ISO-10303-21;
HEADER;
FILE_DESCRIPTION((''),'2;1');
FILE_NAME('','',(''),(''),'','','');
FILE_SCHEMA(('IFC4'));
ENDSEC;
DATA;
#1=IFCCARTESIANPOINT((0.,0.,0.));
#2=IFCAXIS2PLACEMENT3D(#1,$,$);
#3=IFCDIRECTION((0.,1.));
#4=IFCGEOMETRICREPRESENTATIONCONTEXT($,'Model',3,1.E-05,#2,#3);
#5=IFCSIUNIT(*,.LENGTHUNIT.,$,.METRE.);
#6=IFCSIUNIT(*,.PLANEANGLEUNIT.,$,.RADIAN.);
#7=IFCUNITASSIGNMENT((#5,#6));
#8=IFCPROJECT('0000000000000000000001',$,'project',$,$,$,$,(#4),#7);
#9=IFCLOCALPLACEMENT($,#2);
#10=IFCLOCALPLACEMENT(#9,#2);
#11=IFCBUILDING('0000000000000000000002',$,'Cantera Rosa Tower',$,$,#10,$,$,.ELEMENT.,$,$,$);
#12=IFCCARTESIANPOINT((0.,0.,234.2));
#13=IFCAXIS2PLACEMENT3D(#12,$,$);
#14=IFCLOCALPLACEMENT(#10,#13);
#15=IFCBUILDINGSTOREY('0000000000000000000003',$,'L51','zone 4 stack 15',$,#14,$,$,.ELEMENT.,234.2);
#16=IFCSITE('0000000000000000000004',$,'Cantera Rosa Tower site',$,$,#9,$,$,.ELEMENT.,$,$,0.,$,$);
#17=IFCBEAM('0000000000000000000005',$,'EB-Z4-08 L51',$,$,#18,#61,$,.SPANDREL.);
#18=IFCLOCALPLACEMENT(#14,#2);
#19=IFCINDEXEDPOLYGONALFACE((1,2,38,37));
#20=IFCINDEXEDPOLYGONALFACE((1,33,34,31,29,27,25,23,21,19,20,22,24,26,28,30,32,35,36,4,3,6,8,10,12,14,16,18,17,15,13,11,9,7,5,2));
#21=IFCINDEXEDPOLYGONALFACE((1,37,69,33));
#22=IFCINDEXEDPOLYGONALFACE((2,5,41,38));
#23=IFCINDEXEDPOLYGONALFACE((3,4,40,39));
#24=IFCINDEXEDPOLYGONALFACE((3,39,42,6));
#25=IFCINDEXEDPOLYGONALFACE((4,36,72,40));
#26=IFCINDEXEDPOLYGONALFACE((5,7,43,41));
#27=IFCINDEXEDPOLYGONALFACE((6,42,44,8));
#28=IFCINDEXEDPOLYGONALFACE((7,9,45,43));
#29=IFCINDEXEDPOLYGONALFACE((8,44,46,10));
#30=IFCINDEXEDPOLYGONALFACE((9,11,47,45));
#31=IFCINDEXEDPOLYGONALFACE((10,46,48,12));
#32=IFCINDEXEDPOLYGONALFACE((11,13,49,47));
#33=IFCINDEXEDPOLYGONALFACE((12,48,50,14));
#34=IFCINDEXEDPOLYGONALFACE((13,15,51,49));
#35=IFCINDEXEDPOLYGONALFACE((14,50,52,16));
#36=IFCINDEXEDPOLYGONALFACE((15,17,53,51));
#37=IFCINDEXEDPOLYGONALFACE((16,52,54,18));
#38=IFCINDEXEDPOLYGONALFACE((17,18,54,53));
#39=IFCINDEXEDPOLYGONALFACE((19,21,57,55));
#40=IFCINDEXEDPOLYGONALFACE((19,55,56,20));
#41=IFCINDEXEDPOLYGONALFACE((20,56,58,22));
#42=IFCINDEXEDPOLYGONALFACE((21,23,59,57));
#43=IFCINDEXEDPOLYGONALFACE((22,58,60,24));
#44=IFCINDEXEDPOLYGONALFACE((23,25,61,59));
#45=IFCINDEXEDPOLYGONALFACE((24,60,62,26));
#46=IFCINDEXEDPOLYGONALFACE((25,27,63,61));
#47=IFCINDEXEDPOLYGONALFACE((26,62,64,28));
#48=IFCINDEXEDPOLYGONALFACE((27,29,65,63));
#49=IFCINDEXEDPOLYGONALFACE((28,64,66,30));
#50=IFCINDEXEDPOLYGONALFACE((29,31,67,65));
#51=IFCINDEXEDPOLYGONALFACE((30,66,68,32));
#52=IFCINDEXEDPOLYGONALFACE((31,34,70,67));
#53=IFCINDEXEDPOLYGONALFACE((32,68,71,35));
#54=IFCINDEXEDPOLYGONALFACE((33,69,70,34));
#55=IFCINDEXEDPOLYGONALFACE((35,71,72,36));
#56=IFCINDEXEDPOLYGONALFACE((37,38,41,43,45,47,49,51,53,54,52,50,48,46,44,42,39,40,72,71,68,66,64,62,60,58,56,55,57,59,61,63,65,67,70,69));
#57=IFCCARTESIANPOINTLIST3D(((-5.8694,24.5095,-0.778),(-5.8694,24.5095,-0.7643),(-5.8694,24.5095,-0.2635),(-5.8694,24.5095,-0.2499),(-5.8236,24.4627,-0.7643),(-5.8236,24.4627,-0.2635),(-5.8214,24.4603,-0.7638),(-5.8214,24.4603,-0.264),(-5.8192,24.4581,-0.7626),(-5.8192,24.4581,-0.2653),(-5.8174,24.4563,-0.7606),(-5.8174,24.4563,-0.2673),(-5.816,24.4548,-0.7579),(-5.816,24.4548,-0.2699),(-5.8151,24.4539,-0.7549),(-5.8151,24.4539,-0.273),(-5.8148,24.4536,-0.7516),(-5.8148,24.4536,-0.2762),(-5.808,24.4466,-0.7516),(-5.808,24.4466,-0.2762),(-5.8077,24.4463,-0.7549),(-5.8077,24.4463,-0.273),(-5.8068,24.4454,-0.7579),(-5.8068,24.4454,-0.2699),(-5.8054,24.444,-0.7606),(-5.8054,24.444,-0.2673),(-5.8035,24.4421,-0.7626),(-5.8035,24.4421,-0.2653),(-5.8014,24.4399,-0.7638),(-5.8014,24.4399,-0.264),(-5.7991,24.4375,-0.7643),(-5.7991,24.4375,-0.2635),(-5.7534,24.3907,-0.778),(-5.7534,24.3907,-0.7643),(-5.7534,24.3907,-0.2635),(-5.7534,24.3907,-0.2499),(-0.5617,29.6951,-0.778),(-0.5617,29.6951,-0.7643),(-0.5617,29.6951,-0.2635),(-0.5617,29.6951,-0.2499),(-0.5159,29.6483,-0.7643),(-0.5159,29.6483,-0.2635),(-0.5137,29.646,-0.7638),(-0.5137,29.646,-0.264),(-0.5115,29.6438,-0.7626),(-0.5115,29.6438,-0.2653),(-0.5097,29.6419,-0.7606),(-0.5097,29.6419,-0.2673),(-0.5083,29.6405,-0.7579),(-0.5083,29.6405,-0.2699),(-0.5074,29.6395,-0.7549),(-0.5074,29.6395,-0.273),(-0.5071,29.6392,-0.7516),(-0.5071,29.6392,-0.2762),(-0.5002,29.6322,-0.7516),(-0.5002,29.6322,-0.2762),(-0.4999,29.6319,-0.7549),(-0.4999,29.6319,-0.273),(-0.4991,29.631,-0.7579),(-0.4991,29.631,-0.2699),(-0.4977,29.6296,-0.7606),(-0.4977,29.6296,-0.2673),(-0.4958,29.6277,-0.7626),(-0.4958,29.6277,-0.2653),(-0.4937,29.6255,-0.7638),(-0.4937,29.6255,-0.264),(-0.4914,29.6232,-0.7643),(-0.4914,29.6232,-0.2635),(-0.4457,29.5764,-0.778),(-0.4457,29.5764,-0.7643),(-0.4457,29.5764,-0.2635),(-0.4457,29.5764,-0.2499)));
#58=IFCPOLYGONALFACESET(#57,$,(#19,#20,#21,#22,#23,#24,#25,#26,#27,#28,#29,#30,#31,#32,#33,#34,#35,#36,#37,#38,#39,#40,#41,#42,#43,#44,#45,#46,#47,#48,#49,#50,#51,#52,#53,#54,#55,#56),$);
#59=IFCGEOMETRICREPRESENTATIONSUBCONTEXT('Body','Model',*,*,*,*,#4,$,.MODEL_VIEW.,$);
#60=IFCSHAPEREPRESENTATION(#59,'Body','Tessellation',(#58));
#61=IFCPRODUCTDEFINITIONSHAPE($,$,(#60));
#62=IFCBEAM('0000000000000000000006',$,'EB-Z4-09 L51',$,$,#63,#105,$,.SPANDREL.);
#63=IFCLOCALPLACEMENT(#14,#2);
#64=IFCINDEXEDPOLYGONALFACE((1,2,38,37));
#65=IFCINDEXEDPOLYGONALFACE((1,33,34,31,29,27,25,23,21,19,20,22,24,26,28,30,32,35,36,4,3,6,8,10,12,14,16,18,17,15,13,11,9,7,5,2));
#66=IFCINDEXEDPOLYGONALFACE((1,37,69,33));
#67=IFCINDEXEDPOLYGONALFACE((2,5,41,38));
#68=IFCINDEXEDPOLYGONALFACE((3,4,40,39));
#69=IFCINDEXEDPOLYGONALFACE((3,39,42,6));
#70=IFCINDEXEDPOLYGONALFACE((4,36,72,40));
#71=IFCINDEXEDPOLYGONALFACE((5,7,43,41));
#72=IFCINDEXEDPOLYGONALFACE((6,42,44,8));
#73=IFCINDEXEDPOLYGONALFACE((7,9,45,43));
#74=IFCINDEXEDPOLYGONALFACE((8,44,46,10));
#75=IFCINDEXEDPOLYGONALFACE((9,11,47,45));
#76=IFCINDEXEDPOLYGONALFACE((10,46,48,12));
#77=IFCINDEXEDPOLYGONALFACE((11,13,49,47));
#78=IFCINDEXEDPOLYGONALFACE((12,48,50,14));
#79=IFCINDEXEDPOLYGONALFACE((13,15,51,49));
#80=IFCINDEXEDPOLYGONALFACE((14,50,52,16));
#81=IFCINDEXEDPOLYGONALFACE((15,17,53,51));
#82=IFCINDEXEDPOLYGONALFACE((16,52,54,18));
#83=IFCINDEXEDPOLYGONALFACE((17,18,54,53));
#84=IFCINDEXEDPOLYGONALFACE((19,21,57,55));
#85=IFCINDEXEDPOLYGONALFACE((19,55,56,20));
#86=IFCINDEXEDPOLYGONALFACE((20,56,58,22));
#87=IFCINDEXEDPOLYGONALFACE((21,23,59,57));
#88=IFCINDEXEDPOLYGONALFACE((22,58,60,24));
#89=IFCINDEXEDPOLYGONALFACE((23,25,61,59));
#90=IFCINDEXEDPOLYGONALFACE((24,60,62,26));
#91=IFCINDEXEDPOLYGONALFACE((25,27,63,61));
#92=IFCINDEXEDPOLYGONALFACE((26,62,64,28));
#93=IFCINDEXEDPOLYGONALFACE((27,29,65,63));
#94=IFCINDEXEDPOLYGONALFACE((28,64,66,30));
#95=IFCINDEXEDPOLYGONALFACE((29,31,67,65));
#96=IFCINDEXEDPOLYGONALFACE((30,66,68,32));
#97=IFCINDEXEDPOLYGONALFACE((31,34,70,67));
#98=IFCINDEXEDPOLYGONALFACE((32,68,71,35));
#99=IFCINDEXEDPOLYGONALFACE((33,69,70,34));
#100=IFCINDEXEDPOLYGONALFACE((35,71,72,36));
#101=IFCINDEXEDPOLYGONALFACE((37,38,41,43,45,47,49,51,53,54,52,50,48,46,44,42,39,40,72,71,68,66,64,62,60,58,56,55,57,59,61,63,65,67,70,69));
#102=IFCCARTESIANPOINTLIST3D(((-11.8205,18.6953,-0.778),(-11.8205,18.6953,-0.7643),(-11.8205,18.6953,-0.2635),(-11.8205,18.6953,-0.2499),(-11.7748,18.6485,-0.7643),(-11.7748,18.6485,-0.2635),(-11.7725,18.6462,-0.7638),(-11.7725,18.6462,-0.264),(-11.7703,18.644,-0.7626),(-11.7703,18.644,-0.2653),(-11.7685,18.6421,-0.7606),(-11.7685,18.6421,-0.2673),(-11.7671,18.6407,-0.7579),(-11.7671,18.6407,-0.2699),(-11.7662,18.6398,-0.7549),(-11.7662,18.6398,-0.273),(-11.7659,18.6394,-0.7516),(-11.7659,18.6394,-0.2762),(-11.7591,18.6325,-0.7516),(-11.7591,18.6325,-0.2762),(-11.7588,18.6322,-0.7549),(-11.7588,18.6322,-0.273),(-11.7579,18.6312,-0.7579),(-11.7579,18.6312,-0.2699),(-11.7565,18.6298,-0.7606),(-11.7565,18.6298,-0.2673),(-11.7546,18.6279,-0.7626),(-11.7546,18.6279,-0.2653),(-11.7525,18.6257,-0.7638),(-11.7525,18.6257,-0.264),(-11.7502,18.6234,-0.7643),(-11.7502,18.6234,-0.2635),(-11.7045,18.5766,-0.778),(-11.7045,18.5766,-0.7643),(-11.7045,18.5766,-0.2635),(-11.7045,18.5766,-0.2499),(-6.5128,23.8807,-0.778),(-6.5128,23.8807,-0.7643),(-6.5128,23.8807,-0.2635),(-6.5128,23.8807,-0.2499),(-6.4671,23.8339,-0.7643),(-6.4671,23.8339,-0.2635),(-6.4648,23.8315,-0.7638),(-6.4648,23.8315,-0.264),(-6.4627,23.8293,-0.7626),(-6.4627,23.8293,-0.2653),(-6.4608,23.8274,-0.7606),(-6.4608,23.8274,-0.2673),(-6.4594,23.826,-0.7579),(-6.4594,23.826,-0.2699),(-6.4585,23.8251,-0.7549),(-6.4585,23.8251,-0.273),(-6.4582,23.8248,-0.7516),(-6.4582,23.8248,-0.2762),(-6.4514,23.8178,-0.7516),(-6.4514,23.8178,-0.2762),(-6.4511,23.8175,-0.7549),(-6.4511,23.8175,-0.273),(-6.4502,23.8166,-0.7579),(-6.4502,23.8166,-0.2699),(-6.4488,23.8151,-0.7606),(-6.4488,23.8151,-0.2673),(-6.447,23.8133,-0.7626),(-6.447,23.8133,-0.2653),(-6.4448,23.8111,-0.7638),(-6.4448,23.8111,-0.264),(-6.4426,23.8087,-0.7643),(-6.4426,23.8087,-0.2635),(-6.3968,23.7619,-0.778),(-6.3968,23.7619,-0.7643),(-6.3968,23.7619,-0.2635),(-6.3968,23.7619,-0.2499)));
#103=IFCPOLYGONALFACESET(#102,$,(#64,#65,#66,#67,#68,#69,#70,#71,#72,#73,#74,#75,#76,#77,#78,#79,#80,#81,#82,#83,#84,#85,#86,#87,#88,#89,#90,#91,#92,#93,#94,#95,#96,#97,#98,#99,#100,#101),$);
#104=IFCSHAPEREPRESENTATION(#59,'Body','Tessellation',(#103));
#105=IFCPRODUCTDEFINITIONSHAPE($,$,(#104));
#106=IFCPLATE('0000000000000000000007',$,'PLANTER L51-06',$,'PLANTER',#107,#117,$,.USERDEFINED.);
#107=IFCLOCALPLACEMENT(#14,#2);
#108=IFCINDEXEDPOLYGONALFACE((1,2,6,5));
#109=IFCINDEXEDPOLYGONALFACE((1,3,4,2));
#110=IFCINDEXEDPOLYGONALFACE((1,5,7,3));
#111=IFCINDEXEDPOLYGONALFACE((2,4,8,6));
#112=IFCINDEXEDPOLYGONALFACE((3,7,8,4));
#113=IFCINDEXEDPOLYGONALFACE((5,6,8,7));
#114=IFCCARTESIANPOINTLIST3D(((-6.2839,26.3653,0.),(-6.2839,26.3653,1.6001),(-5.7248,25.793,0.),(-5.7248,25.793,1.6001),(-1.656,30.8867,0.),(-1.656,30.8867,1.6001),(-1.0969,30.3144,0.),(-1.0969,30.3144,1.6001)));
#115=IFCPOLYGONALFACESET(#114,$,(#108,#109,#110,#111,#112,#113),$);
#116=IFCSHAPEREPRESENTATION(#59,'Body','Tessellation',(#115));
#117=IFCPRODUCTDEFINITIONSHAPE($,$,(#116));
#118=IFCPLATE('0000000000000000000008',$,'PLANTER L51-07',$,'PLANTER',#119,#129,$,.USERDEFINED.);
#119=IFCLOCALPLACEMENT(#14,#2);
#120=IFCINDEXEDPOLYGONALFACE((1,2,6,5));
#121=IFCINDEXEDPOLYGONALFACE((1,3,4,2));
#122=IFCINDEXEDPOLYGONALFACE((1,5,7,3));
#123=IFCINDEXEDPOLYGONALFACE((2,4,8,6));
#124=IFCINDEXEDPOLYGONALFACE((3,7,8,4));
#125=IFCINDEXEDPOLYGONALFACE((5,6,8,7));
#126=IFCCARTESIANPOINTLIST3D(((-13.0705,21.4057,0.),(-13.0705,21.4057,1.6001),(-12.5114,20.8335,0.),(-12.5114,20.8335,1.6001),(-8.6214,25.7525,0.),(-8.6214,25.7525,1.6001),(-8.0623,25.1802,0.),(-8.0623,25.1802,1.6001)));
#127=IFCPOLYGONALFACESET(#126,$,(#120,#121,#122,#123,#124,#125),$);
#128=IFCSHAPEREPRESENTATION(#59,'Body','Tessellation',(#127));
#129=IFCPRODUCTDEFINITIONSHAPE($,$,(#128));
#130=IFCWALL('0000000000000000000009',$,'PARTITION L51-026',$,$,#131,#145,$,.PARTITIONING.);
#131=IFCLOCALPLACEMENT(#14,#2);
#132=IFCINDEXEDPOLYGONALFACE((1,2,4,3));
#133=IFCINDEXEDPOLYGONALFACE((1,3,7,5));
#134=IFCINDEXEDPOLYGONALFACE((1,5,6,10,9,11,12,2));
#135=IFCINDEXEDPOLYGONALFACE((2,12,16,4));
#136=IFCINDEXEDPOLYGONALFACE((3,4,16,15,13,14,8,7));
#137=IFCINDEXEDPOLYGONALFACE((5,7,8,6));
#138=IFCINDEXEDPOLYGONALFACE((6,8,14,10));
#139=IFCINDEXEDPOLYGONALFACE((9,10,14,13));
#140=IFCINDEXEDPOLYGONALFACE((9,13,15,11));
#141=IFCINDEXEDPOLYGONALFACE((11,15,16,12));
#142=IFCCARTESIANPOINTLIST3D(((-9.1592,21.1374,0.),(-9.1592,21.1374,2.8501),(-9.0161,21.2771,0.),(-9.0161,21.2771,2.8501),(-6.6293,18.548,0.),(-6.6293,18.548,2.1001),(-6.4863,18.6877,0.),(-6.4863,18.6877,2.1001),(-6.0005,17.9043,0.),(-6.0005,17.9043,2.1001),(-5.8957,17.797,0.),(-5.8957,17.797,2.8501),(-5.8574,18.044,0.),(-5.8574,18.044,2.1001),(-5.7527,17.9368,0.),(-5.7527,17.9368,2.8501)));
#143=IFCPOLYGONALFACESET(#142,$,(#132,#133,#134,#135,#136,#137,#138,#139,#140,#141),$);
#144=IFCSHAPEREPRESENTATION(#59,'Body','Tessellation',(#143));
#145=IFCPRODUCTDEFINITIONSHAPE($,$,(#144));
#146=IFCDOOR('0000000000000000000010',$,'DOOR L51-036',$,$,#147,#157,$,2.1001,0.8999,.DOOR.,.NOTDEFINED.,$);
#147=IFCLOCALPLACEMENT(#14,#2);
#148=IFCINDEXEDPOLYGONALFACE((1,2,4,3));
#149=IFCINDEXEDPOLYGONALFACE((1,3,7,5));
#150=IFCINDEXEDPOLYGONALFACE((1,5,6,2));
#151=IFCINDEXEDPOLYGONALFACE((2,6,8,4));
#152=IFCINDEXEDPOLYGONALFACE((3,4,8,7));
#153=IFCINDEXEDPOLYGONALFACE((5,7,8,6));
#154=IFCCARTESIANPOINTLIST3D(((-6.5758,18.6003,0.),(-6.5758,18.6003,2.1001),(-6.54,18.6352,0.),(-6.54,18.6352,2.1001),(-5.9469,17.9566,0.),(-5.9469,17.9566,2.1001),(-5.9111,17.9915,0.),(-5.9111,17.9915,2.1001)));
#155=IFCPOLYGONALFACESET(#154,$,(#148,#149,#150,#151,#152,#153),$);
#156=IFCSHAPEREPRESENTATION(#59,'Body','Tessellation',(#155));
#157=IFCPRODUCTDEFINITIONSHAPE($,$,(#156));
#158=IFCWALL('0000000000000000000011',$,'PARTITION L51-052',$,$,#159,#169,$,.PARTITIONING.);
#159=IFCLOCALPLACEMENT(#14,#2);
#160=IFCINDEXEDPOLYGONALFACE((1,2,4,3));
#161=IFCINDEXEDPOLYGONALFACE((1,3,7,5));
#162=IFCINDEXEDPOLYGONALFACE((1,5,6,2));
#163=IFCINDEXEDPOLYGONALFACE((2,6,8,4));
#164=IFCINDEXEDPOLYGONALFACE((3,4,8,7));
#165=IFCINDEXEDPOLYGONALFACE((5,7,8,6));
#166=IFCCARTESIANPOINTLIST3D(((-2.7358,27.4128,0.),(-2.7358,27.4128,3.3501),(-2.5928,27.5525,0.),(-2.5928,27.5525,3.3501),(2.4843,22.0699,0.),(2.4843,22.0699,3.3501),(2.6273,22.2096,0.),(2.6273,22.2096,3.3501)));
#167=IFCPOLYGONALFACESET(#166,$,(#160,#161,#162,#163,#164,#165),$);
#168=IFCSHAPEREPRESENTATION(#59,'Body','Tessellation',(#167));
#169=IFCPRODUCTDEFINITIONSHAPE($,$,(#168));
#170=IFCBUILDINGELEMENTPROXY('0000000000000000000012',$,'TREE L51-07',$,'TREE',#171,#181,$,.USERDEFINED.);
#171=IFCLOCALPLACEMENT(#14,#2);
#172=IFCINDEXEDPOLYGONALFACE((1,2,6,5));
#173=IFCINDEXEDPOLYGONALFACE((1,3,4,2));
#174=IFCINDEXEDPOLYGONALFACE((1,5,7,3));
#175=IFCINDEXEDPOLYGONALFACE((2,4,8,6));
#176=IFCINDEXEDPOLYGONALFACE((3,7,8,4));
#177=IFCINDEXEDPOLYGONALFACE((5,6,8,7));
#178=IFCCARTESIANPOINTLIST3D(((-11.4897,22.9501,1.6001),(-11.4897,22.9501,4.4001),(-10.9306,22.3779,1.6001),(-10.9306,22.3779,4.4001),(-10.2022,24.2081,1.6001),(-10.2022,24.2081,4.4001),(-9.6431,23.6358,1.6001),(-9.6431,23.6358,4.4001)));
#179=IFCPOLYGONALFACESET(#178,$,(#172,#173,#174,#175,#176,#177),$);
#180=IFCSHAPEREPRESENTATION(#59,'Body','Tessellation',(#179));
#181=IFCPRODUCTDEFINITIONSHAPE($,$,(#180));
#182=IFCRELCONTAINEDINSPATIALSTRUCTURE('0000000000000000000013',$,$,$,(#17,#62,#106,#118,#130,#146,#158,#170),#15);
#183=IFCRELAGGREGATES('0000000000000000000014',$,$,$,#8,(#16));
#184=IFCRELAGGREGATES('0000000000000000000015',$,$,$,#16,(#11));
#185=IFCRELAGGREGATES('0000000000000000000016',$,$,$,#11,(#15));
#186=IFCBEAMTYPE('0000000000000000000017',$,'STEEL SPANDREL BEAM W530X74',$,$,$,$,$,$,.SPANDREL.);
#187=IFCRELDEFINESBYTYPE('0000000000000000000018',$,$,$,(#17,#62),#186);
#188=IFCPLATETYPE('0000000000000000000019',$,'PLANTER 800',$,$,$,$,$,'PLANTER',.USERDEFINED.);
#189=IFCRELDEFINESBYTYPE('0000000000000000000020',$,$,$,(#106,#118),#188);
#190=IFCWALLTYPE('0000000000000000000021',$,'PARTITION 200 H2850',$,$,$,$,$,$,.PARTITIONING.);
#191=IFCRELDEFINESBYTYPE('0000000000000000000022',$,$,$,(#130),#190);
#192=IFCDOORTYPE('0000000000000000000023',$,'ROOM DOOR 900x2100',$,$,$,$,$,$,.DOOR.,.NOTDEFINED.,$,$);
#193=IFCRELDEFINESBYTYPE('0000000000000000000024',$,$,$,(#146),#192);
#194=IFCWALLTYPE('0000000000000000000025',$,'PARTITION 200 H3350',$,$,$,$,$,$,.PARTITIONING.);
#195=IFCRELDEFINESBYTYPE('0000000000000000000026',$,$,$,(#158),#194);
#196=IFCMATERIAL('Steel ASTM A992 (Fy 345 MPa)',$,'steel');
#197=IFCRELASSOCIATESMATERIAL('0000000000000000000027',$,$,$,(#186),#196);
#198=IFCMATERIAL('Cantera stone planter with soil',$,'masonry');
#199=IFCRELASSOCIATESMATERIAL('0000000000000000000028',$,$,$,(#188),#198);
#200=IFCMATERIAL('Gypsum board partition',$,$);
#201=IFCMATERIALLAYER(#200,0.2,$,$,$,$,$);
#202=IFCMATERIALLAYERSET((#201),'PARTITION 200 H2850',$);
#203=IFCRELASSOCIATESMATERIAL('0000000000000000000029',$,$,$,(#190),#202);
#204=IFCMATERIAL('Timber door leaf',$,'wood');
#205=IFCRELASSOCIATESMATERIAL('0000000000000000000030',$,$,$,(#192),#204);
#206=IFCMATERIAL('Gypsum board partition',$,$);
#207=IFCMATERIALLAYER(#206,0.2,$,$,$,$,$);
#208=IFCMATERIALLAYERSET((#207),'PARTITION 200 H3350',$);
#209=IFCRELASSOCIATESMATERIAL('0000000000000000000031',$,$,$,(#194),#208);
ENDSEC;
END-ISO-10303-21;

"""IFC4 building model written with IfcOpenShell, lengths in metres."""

from ifc_helpers import new_model, si_unit, direction, frame, frame_2d, origin, origin_2d, place, context, subcontext, project, spatial, rectangle, i_section, extrude, material, layer, layer_set, material_profile, profile_set, type_object, element, fill, save


model = new_model("IFC4")

# Units and contexts
model_context = context("Model", 3, precision=1e-05, world=origin(), true_north=direction((0.0, 1.0)))
body_context = subcontext(model_context, "Body", "Model", "MODEL_VIEW")
ifc_project = project(units=[si_unit("LENGTHUNIT", "METRE"), si_unit("PLANEANGLEUNIT", "RADIAN")], contexts=[model_context])

# Site, building, storey
site_placement = place(None, origin())
site = spatial("IfcSite", under=ifc_project, at=site_placement, Name="Cantera Rosa Tower site", CompositionType="ELEMENT", RefElevation=0.0)
building_placement = place(site_placement, origin())
building = spatial("IfcBuilding", under=site, at=building_placement, Name="Cantera Rosa Tower", CompositionType="ELEMENT")
storey_placement = place(building_placement, frame((0.0, 0.0, 234.2)))
storey = spatial("IfcBuildingStorey", under=building, at=storey_placement, Name="L51", Description="zone 4 stack 15", CompositionType="ELEMENT", Elevation=234.2)

# Beams
ifc_material_1 = material(Name="Steel ASTM A992 (Fy 345 MPa)", Category="steel")
ifc_material_profile_1 = material_profile(ifc_material_1, i_section(OverallWidth=0.166, OverallDepth=0.5281, WebThickness=0.0098, FlangeThickness=0.0137, FilletRadius=0.0127, at=origin_2d()), Name="W530X74")
ifc_profile_set_1 = profile_set([ifc_material_profile_1], Name="Steel ASTM A992 (Fy 345 MPa)")
beam_type_1 = type_object("IfcBeamType", Name="STEEL SPANDREL BEAM W530X74", PredefinedType="SPANDREL", material=ifc_profile_set_1)
beam_1_placement = place(storey_placement, frame((-0.5037, 29.6357, -0.5139), z_axis=(-0.715284, -0.698833, 0.0), x_axis=(0.698833, -0.715284, 0.0)))
element("IfcBeam", 1, at=beam_1_placement, inside=storey, type_object=beam_type_1, Name="EB-Z4-08 L51", PredefinedType="SPANDREL", context=body_context, shape_type="SweptSolid", body=[
    extrude(i_section(OverallWidth=0.166, OverallDepth=0.5281, WebThickness=0.0098, FlangeThickness=0.0137, FilletRadius=0.0127, at=origin_2d()), origin(), (0.0, 0.0, 1.0), 7.4204),
])
beam_2_placement = place(storey_placement, frame((-6.4548, 23.8213, -0.5139), z_axis=(-0.715301, -0.698817, 0.0), x_axis=(0.698817, -0.715301, 0.0)))
element("IfcBeam", 2, at=beam_2_placement, inside=storey, type_object=beam_type_1, Name="EB-Z4-09 L51", PredefinedType="SPANDREL", context=body_context, shape_type="SweptSolid", body=[
    extrude(i_section(OverallWidth=0.166, OverallDepth=0.5281, WebThickness=0.0098, FlangeThickness=0.0137, FilletRadius=0.0127, at=origin_2d()), origin(), (0.0, 0.0, 1.0), 7.4202),
])

# Plates
ifc_material_2 = material(Name="Cantera stone planter with soil", Category="masonry")
plate_type = type_object("IfcPlateType", Name="PLANTER 800", ElementType="PLANTER", PredefinedType="USERDEFINED", material=ifc_material_2)
plate_1_placement = place(storey_placement, frame((-3.6904, 28.3398, 0.0), z_axis=(0.0, 0.0, 1.0), x_axis=(-0.715286, -0.698832, 0.0)))
element("IfcPlate", 3, at=plate_1_placement, inside=storey, type_object=plate_type, Name="PLANTER L51-06", ObjectType="PLANTER", PredefinedType="USERDEFINED", context=body_context, shape_type="SweptSolid", body=[
    extrude(rectangle(XDim=6.47, YDim=0.8, at=origin_2d()), origin(), (0.0, 0.0, 1.0), 1.6001),
])
plate_2_placement = place(storey_placement, frame((-10.5664, 23.293, 0.0), z_axis=(0.0, 0.0, 1.0), x_axis=(-0.715286, -0.698832, 0.0)))
element("IfcPlate", 4, at=plate_2_placement, inside=storey, type_object=plate_type, Name="PLANTER L51-07", ObjectType="PLANTER", PredefinedType="USERDEFINED", context=body_context, shape_type="SweptSolid", body=[
    extrude(rectangle(XDim=6.22, YDim=0.8, at=origin_2d()), origin(), (0.0, 0.0, 1.0), 1.6001),
])

# Wall, opening, door
ifc_material_3 = material(Name="Gypsum board partition")
ifc_layer_1 = layer(ifc_material_3, 0.2)
ifc_layer_set_1 = layer_set([ifc_layer_1], Name="PARTITION 200 H2850")
wall_type_1 = type_object("IfcWallType", Name="PARTITION 200 H2850", PredefinedType="PARTITIONING", material=ifc_layer_set_1)
wall_1_placement = place(storey_placement, frame((-9.0876, 21.2073, 0.0), z_axis=(0.0, 0.0, 1.0), x_axis=(0.698825, -0.715293, 0.0)))
wall_1 = element("IfcWall", 5, at=wall_1_placement, inside=storey, type_object=wall_type_1, Name="PARTITION L51-026", PredefinedType="PARTITIONING", context=body_context, shape_type="SweptSolid", body=[
    extrude(rectangle(XDim=4.6699, YDim=0.2, at=frame_2d((2.335, 0.0))), origin(), (0.0, 0.0, 1.0), 2.8501),
])
opening_1_placement = place(wall_1_placement, frame((3.6201, 0.0, 0.0)))
opening_1 = element("IfcOpeningElement", 6, at=opening_1_placement, cuts=wall_1, PredefinedType="OPENING", context=body_context, shape_type="SweptSolid", body=[
    extrude(rectangle(XDim=0.8999, YDim=2.1001, at=frame_2d((0.45, 1.05))), frame((0.0, 0.1099, 0.0), z_axis=(0.0, -1.0, 0.0), x_axis=(1.0, 0.0, 0.0)), (0.0, 0.0, 1.0), 0.22),
])
ifc_material_4 = material(Name="Timber door leaf", Category="wood")
door_type_1 = type_object("IfcDoorType", Name="ROOM DOOR 900x2100", OperationType="NOTDEFINED", PredefinedType="DOOR", material=ifc_material_4)
door_1_placement = place(opening_1_placement, origin())
door_1 = element("IfcDoor", 7, at=door_1_placement, inside=storey, type_object=door_type_1, Name="DOOR L51-036", OperationType="NOTDEFINED", OverallHeight=2.1001, OverallWidth=0.8999, PredefinedType="DOOR", context=body_context, shape_type="SweptSolid", body=[
    extrude(rectangle(XDim=0.8999, YDim=2.1001, at=frame_2d((0.45, 1.05))), frame((0.0, 0.0249, 0.0), z_axis=(0.0, -1.0, 0.0), x_axis=(1.0, 0.0, 0.0)), (0.0, 0.0, 1.0), 0.05),
])
fill(opening_1, door_1)

# Wall
ifc_material_5 = material(Name="Gypsum board partition")
ifc_layer_2 = layer(ifc_material_5, 0.2)
ifc_layer_set_2 = layer_set([ifc_layer_2], Name="PARTITION 200 H3350")
wall_type_2 = type_object("IfcWallType", Name="PARTITION 200 H3350", PredefinedType="PARTITIONING", material=ifc_layer_set_2)
wall_2_placement = place(storey_placement, frame((-2.6643, 27.4827, 0.0), z_axis=(0.0, 0.0, 1.0), x_axis=(0.698839, -0.715279, 0.0)))
element("IfcWall", 8, at=wall_2_placement, inside=storey, type_object=wall_type_2, Name="PARTITION L51-052", PredefinedType="PARTITIONING", context=body_context, shape_type="SweptSolid", body=[
    extrude(rectangle(XDim=7.4697, YDim=0.2, at=frame_2d((3.7349, 0.0))), origin(), (0.0, 0.0, 1.0), 3.3501),
])

# Building element proxy
proxy_placement = place(storey_placement, frame((-10.5664, 23.293, 1.6001), z_axis=(0.0, 0.0, 1.0), x_axis=(-0.715286, -0.698832, 0.0)))
element("IfcBuildingElementProxy", 9, at=proxy_placement, inside=storey, Name="TREE L51-07", ObjectType="TREE", PredefinedType="USERDEFINED", context=body_context, shape_type="SweptSolid", body=[
    extrude(rectangle(XDim=1.8, YDim=0.8, at=origin_2d()), origin(), (0.0, 0.0, 1.0), 2.8),
])

save(model, "model.ifc")
